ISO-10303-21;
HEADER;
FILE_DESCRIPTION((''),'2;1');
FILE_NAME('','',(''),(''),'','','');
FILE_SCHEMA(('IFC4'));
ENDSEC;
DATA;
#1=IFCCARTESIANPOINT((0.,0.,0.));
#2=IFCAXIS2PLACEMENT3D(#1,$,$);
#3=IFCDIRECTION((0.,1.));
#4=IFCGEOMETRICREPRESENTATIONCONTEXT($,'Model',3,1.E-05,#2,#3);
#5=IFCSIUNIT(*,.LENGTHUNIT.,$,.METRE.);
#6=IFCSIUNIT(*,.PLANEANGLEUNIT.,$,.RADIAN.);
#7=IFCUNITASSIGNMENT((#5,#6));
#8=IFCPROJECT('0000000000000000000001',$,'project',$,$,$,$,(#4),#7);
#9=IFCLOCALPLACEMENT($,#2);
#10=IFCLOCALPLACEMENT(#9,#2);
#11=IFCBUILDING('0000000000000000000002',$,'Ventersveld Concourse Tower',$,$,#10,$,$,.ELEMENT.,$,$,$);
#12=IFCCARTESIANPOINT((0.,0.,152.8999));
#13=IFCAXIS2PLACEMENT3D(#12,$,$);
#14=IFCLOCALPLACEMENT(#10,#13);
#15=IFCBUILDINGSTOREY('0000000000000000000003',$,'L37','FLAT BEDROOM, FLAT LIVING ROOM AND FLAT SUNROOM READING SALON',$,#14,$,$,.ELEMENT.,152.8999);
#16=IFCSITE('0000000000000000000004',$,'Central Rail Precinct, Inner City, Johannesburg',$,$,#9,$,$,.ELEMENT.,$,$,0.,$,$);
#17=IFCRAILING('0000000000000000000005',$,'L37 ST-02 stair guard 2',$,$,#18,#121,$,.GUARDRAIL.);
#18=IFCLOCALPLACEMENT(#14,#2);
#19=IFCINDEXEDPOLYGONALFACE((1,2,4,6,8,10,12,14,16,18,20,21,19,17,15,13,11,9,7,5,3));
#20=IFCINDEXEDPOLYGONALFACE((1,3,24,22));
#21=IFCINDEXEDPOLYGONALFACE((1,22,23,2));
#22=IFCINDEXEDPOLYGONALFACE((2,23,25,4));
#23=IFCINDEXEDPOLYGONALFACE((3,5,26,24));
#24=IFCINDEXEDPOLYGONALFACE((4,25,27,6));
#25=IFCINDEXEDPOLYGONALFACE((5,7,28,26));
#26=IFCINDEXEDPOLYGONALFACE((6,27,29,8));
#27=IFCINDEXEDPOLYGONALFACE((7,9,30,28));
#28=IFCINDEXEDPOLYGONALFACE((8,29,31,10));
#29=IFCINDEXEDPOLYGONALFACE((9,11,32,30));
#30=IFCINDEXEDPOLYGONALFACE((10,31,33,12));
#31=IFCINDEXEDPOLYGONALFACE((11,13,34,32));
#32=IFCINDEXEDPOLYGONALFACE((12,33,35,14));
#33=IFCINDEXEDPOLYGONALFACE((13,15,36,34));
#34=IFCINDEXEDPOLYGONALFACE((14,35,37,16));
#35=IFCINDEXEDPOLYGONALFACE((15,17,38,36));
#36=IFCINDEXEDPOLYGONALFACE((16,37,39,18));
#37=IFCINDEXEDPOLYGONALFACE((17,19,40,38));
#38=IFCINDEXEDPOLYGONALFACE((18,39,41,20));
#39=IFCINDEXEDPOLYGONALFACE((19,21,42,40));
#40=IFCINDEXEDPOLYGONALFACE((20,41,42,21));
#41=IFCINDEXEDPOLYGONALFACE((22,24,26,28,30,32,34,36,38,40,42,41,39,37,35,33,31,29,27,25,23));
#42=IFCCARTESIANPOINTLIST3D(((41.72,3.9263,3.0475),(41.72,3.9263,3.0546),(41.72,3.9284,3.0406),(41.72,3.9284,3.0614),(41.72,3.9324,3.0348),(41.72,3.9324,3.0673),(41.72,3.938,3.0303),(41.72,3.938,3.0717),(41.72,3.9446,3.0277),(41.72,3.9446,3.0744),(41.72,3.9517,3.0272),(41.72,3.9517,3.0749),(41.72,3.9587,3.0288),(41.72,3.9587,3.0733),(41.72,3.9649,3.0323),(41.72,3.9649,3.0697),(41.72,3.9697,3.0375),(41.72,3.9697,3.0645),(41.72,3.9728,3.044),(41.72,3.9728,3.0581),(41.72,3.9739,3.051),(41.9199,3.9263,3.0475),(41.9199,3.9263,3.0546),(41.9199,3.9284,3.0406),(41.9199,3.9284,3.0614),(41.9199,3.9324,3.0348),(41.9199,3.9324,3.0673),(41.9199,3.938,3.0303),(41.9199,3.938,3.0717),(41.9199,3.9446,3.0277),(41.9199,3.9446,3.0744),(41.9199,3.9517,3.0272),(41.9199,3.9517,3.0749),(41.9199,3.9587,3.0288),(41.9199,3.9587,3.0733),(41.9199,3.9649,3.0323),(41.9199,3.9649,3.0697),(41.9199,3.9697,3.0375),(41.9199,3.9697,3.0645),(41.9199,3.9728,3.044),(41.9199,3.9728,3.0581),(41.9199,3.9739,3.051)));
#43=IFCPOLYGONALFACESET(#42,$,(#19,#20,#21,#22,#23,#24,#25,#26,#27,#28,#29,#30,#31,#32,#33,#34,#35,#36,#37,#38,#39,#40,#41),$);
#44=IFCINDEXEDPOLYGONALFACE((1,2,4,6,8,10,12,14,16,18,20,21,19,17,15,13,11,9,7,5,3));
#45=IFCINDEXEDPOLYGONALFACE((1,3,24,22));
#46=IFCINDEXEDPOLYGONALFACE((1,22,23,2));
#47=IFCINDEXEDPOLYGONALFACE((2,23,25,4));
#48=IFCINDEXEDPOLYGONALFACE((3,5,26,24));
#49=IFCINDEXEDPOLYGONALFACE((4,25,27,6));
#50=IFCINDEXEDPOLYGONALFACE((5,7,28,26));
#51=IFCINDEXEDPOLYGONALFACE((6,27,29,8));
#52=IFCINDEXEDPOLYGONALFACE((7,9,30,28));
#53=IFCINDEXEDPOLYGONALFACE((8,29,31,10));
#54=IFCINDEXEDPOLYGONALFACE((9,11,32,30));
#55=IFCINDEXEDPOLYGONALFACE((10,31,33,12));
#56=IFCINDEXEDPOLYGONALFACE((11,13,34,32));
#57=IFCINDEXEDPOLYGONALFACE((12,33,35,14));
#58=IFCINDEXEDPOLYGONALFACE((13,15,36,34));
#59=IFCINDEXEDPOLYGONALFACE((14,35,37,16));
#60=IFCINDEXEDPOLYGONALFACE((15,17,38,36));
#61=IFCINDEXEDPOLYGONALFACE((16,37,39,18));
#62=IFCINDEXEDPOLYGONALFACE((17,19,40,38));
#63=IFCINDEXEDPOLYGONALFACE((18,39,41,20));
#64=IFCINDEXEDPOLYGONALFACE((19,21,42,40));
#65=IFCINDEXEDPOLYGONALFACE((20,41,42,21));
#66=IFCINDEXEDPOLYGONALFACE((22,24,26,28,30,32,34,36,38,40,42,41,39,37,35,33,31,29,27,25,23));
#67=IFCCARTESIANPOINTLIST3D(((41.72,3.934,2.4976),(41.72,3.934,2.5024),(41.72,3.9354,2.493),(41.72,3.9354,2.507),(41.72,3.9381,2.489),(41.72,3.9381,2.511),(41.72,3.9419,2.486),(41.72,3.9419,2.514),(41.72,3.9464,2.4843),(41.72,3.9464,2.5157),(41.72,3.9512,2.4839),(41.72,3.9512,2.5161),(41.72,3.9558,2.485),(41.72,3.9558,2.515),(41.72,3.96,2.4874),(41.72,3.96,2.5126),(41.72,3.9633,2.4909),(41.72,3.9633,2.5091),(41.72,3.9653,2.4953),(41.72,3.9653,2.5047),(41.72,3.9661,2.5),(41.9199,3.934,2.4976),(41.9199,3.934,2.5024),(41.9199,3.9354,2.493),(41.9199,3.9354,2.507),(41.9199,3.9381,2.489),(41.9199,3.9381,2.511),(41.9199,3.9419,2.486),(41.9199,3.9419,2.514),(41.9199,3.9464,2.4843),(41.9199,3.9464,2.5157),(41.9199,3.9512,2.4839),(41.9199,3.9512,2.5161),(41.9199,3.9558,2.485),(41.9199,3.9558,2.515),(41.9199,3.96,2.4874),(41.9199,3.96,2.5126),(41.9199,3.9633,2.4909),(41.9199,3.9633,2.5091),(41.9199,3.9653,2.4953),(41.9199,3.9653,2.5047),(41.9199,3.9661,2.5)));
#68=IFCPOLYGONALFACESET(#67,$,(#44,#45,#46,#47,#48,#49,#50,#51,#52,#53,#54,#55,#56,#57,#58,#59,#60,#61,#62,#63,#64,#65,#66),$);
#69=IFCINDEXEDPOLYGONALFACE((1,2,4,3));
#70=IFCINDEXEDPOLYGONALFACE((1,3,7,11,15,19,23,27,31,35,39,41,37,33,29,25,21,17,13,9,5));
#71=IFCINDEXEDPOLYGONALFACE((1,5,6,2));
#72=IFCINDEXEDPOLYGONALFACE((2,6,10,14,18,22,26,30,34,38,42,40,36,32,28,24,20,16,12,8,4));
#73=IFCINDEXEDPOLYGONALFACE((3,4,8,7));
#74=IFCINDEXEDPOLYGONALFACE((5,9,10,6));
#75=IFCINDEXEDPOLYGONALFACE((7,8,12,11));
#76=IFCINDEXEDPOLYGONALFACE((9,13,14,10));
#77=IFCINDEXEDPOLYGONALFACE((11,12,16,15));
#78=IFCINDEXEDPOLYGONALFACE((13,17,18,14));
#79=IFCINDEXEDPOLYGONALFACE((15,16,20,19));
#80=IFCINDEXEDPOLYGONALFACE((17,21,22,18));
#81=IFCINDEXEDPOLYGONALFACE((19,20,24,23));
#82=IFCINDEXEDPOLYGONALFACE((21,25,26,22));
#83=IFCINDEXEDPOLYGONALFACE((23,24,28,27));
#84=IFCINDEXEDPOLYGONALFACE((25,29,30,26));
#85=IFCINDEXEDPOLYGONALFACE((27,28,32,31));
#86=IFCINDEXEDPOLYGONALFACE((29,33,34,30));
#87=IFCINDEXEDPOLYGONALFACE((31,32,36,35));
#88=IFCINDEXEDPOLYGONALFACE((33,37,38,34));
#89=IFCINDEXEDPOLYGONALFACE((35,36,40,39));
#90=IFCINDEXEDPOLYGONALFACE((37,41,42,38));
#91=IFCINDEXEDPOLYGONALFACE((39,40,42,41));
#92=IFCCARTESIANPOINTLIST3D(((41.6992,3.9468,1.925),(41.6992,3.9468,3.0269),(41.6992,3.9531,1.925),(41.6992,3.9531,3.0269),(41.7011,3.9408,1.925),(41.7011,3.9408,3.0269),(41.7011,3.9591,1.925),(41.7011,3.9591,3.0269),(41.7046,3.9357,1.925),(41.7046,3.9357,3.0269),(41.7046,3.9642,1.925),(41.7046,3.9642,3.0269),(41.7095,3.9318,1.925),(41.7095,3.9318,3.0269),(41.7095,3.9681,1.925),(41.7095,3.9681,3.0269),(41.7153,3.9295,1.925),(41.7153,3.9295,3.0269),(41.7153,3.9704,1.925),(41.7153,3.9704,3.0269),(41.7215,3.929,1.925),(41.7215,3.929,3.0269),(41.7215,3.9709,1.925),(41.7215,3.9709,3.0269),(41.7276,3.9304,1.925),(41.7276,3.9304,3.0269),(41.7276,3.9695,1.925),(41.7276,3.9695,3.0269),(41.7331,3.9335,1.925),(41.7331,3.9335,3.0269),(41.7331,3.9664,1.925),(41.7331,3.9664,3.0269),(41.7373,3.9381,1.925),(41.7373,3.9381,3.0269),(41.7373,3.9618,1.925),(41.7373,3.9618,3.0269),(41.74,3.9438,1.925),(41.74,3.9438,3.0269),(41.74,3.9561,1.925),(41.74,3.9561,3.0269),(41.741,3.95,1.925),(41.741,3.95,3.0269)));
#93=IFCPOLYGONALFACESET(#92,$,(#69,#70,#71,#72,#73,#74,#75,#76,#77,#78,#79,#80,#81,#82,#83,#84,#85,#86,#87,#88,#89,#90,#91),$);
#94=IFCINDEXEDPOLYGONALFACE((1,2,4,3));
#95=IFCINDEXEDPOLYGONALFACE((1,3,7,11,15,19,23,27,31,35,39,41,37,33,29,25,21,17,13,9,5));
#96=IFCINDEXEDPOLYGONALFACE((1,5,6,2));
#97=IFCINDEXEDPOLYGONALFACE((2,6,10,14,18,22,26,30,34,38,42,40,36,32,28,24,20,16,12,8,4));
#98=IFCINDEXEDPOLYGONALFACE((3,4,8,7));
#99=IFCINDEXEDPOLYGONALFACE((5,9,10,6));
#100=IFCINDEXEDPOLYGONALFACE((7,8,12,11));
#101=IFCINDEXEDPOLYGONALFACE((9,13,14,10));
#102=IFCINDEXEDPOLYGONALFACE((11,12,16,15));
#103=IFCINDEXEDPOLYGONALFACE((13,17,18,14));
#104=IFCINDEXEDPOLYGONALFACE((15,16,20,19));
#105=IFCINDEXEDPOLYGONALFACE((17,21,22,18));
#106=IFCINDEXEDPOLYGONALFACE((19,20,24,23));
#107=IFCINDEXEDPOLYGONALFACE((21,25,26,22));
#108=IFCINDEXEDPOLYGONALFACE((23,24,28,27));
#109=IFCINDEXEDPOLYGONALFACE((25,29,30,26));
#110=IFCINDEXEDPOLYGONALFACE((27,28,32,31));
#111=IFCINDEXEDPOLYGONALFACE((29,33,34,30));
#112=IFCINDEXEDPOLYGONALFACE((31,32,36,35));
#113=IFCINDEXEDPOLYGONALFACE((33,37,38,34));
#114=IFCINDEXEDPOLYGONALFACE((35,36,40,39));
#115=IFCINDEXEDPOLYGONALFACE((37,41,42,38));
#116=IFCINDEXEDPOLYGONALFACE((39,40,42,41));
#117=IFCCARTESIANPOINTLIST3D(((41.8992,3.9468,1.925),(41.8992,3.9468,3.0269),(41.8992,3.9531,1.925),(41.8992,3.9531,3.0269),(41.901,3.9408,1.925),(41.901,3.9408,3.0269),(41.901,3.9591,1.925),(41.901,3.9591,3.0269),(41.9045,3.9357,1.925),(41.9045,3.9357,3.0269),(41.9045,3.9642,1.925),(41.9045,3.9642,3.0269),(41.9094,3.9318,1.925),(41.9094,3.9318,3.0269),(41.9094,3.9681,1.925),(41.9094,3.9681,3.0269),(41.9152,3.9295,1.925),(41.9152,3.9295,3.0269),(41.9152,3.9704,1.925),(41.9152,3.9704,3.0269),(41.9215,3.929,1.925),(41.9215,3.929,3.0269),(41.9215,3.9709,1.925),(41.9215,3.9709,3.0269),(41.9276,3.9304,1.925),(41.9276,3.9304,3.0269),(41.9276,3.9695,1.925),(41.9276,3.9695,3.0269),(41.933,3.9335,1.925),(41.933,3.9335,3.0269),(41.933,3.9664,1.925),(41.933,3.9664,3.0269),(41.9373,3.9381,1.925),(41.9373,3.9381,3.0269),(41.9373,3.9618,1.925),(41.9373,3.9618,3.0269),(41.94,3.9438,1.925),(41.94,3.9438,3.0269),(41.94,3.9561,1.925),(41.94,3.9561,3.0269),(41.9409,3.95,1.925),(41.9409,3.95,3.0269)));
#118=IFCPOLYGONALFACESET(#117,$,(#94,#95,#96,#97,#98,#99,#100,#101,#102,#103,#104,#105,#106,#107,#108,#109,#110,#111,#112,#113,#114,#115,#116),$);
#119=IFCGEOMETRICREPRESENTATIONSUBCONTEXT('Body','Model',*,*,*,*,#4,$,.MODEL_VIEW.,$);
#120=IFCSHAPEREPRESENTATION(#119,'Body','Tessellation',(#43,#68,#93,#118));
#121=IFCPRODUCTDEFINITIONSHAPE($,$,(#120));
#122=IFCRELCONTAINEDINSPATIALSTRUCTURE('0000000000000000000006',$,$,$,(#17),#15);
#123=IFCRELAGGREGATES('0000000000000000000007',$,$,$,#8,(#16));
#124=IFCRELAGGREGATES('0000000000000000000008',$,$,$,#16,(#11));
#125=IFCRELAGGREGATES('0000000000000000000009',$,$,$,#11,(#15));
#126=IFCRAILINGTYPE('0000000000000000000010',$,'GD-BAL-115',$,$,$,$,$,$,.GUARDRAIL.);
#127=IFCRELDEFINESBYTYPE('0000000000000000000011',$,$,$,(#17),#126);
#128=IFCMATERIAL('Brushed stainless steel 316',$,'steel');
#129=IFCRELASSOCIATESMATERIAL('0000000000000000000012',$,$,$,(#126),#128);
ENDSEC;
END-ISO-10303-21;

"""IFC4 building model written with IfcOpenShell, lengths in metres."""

from ifc_helpers import new_model, si_unit, direction, frame, origin, origin_2d, place, context, subcontext, project, spatial, circle, extrude, material, type_object, element, save


model = new_model("IFC4")

# Units and contexts
model_context = context("Model", 3, precision=1e-05, world=origin(), true_north=direction((0.0, 1.0)))
body_context = subcontext(model_context, "Body", "Model", "MODEL_VIEW")
ifc_project = project(units=[si_unit("LENGTHUNIT", "METRE"), si_unit("PLANEANGLEUNIT", "RADIAN")], contexts=[model_context])

# Site, building, storey
site_placement = place(None, origin())
site = spatial("IfcSite", under=ifc_project, at=site_placement, Name="Central Rail Precinct, Inner City, Johannesburg", CompositionType="ELEMENT", RefElevation=0.0)
building_placement = place(site_placement, origin())
building = spatial("IfcBuilding", under=site, at=building_placement, Name="Ventersveld Concourse Tower", CompositionType="ELEMENT")
storey_placement = place(building_placement, frame((0.0, 0.0, 152.8999)))
storey = spatial("IfcBuildingStorey", under=building, at=storey_placement, Name="L37", Description="FLAT BEDROOM, FLAT LIVING ROOM AND FLAT SUNROOM READING SALON", CompositionType="ELEMENT", Elevation=152.8999)

# Railing
ifc_material_1 = material(Name="Brushed stainless steel 316", Category="steel")
railing_type_1 = type_object("IfcRailingType", Name="GD-BAL-115", PredefinedType="GUARDRAIL", material=ifc_material_1)
railing_1_placement = place(storey_placement, frame((41.72, 3.95, 1.925)))
element("IfcRailing", 1, at=railing_1_placement, inside=storey, type_object=railing_type_1, Name="L37 ST-02 stair guard 2", PredefinedType="GUARDRAIL", context=body_context, shape_type="SweptSolid", body=[
    extrude(circle(Radius=0.0239, at=origin_2d()), frame((0.0, 0.0, 1.126), z_axis=(1.0, 0.0, 0.0), x_axis=(0.0, 1.0, 0.0)), (0.0, 0.0, 1.0), 0.2),
    extrude(circle(Radius=0.0161, at=origin_2d()), frame((0.0, 0.0, 0.575), z_axis=(1.0, 0.0, 0.0), x_axis=(0.0, 1.0, 0.0)), (0.0, 0.0, 1.0), 0.2),
    extrude(circle(Radius=0.021, at=origin_2d()), origin(), (0.0, 0.0, 1.0), 1.1018),
    extrude(circle(Radius=0.021, at=origin_2d()), frame((0.2, 0.0, 0.0)), (0.0, 0.0, 1.0), 1.1018),
])

save(model, "model.ifc")
